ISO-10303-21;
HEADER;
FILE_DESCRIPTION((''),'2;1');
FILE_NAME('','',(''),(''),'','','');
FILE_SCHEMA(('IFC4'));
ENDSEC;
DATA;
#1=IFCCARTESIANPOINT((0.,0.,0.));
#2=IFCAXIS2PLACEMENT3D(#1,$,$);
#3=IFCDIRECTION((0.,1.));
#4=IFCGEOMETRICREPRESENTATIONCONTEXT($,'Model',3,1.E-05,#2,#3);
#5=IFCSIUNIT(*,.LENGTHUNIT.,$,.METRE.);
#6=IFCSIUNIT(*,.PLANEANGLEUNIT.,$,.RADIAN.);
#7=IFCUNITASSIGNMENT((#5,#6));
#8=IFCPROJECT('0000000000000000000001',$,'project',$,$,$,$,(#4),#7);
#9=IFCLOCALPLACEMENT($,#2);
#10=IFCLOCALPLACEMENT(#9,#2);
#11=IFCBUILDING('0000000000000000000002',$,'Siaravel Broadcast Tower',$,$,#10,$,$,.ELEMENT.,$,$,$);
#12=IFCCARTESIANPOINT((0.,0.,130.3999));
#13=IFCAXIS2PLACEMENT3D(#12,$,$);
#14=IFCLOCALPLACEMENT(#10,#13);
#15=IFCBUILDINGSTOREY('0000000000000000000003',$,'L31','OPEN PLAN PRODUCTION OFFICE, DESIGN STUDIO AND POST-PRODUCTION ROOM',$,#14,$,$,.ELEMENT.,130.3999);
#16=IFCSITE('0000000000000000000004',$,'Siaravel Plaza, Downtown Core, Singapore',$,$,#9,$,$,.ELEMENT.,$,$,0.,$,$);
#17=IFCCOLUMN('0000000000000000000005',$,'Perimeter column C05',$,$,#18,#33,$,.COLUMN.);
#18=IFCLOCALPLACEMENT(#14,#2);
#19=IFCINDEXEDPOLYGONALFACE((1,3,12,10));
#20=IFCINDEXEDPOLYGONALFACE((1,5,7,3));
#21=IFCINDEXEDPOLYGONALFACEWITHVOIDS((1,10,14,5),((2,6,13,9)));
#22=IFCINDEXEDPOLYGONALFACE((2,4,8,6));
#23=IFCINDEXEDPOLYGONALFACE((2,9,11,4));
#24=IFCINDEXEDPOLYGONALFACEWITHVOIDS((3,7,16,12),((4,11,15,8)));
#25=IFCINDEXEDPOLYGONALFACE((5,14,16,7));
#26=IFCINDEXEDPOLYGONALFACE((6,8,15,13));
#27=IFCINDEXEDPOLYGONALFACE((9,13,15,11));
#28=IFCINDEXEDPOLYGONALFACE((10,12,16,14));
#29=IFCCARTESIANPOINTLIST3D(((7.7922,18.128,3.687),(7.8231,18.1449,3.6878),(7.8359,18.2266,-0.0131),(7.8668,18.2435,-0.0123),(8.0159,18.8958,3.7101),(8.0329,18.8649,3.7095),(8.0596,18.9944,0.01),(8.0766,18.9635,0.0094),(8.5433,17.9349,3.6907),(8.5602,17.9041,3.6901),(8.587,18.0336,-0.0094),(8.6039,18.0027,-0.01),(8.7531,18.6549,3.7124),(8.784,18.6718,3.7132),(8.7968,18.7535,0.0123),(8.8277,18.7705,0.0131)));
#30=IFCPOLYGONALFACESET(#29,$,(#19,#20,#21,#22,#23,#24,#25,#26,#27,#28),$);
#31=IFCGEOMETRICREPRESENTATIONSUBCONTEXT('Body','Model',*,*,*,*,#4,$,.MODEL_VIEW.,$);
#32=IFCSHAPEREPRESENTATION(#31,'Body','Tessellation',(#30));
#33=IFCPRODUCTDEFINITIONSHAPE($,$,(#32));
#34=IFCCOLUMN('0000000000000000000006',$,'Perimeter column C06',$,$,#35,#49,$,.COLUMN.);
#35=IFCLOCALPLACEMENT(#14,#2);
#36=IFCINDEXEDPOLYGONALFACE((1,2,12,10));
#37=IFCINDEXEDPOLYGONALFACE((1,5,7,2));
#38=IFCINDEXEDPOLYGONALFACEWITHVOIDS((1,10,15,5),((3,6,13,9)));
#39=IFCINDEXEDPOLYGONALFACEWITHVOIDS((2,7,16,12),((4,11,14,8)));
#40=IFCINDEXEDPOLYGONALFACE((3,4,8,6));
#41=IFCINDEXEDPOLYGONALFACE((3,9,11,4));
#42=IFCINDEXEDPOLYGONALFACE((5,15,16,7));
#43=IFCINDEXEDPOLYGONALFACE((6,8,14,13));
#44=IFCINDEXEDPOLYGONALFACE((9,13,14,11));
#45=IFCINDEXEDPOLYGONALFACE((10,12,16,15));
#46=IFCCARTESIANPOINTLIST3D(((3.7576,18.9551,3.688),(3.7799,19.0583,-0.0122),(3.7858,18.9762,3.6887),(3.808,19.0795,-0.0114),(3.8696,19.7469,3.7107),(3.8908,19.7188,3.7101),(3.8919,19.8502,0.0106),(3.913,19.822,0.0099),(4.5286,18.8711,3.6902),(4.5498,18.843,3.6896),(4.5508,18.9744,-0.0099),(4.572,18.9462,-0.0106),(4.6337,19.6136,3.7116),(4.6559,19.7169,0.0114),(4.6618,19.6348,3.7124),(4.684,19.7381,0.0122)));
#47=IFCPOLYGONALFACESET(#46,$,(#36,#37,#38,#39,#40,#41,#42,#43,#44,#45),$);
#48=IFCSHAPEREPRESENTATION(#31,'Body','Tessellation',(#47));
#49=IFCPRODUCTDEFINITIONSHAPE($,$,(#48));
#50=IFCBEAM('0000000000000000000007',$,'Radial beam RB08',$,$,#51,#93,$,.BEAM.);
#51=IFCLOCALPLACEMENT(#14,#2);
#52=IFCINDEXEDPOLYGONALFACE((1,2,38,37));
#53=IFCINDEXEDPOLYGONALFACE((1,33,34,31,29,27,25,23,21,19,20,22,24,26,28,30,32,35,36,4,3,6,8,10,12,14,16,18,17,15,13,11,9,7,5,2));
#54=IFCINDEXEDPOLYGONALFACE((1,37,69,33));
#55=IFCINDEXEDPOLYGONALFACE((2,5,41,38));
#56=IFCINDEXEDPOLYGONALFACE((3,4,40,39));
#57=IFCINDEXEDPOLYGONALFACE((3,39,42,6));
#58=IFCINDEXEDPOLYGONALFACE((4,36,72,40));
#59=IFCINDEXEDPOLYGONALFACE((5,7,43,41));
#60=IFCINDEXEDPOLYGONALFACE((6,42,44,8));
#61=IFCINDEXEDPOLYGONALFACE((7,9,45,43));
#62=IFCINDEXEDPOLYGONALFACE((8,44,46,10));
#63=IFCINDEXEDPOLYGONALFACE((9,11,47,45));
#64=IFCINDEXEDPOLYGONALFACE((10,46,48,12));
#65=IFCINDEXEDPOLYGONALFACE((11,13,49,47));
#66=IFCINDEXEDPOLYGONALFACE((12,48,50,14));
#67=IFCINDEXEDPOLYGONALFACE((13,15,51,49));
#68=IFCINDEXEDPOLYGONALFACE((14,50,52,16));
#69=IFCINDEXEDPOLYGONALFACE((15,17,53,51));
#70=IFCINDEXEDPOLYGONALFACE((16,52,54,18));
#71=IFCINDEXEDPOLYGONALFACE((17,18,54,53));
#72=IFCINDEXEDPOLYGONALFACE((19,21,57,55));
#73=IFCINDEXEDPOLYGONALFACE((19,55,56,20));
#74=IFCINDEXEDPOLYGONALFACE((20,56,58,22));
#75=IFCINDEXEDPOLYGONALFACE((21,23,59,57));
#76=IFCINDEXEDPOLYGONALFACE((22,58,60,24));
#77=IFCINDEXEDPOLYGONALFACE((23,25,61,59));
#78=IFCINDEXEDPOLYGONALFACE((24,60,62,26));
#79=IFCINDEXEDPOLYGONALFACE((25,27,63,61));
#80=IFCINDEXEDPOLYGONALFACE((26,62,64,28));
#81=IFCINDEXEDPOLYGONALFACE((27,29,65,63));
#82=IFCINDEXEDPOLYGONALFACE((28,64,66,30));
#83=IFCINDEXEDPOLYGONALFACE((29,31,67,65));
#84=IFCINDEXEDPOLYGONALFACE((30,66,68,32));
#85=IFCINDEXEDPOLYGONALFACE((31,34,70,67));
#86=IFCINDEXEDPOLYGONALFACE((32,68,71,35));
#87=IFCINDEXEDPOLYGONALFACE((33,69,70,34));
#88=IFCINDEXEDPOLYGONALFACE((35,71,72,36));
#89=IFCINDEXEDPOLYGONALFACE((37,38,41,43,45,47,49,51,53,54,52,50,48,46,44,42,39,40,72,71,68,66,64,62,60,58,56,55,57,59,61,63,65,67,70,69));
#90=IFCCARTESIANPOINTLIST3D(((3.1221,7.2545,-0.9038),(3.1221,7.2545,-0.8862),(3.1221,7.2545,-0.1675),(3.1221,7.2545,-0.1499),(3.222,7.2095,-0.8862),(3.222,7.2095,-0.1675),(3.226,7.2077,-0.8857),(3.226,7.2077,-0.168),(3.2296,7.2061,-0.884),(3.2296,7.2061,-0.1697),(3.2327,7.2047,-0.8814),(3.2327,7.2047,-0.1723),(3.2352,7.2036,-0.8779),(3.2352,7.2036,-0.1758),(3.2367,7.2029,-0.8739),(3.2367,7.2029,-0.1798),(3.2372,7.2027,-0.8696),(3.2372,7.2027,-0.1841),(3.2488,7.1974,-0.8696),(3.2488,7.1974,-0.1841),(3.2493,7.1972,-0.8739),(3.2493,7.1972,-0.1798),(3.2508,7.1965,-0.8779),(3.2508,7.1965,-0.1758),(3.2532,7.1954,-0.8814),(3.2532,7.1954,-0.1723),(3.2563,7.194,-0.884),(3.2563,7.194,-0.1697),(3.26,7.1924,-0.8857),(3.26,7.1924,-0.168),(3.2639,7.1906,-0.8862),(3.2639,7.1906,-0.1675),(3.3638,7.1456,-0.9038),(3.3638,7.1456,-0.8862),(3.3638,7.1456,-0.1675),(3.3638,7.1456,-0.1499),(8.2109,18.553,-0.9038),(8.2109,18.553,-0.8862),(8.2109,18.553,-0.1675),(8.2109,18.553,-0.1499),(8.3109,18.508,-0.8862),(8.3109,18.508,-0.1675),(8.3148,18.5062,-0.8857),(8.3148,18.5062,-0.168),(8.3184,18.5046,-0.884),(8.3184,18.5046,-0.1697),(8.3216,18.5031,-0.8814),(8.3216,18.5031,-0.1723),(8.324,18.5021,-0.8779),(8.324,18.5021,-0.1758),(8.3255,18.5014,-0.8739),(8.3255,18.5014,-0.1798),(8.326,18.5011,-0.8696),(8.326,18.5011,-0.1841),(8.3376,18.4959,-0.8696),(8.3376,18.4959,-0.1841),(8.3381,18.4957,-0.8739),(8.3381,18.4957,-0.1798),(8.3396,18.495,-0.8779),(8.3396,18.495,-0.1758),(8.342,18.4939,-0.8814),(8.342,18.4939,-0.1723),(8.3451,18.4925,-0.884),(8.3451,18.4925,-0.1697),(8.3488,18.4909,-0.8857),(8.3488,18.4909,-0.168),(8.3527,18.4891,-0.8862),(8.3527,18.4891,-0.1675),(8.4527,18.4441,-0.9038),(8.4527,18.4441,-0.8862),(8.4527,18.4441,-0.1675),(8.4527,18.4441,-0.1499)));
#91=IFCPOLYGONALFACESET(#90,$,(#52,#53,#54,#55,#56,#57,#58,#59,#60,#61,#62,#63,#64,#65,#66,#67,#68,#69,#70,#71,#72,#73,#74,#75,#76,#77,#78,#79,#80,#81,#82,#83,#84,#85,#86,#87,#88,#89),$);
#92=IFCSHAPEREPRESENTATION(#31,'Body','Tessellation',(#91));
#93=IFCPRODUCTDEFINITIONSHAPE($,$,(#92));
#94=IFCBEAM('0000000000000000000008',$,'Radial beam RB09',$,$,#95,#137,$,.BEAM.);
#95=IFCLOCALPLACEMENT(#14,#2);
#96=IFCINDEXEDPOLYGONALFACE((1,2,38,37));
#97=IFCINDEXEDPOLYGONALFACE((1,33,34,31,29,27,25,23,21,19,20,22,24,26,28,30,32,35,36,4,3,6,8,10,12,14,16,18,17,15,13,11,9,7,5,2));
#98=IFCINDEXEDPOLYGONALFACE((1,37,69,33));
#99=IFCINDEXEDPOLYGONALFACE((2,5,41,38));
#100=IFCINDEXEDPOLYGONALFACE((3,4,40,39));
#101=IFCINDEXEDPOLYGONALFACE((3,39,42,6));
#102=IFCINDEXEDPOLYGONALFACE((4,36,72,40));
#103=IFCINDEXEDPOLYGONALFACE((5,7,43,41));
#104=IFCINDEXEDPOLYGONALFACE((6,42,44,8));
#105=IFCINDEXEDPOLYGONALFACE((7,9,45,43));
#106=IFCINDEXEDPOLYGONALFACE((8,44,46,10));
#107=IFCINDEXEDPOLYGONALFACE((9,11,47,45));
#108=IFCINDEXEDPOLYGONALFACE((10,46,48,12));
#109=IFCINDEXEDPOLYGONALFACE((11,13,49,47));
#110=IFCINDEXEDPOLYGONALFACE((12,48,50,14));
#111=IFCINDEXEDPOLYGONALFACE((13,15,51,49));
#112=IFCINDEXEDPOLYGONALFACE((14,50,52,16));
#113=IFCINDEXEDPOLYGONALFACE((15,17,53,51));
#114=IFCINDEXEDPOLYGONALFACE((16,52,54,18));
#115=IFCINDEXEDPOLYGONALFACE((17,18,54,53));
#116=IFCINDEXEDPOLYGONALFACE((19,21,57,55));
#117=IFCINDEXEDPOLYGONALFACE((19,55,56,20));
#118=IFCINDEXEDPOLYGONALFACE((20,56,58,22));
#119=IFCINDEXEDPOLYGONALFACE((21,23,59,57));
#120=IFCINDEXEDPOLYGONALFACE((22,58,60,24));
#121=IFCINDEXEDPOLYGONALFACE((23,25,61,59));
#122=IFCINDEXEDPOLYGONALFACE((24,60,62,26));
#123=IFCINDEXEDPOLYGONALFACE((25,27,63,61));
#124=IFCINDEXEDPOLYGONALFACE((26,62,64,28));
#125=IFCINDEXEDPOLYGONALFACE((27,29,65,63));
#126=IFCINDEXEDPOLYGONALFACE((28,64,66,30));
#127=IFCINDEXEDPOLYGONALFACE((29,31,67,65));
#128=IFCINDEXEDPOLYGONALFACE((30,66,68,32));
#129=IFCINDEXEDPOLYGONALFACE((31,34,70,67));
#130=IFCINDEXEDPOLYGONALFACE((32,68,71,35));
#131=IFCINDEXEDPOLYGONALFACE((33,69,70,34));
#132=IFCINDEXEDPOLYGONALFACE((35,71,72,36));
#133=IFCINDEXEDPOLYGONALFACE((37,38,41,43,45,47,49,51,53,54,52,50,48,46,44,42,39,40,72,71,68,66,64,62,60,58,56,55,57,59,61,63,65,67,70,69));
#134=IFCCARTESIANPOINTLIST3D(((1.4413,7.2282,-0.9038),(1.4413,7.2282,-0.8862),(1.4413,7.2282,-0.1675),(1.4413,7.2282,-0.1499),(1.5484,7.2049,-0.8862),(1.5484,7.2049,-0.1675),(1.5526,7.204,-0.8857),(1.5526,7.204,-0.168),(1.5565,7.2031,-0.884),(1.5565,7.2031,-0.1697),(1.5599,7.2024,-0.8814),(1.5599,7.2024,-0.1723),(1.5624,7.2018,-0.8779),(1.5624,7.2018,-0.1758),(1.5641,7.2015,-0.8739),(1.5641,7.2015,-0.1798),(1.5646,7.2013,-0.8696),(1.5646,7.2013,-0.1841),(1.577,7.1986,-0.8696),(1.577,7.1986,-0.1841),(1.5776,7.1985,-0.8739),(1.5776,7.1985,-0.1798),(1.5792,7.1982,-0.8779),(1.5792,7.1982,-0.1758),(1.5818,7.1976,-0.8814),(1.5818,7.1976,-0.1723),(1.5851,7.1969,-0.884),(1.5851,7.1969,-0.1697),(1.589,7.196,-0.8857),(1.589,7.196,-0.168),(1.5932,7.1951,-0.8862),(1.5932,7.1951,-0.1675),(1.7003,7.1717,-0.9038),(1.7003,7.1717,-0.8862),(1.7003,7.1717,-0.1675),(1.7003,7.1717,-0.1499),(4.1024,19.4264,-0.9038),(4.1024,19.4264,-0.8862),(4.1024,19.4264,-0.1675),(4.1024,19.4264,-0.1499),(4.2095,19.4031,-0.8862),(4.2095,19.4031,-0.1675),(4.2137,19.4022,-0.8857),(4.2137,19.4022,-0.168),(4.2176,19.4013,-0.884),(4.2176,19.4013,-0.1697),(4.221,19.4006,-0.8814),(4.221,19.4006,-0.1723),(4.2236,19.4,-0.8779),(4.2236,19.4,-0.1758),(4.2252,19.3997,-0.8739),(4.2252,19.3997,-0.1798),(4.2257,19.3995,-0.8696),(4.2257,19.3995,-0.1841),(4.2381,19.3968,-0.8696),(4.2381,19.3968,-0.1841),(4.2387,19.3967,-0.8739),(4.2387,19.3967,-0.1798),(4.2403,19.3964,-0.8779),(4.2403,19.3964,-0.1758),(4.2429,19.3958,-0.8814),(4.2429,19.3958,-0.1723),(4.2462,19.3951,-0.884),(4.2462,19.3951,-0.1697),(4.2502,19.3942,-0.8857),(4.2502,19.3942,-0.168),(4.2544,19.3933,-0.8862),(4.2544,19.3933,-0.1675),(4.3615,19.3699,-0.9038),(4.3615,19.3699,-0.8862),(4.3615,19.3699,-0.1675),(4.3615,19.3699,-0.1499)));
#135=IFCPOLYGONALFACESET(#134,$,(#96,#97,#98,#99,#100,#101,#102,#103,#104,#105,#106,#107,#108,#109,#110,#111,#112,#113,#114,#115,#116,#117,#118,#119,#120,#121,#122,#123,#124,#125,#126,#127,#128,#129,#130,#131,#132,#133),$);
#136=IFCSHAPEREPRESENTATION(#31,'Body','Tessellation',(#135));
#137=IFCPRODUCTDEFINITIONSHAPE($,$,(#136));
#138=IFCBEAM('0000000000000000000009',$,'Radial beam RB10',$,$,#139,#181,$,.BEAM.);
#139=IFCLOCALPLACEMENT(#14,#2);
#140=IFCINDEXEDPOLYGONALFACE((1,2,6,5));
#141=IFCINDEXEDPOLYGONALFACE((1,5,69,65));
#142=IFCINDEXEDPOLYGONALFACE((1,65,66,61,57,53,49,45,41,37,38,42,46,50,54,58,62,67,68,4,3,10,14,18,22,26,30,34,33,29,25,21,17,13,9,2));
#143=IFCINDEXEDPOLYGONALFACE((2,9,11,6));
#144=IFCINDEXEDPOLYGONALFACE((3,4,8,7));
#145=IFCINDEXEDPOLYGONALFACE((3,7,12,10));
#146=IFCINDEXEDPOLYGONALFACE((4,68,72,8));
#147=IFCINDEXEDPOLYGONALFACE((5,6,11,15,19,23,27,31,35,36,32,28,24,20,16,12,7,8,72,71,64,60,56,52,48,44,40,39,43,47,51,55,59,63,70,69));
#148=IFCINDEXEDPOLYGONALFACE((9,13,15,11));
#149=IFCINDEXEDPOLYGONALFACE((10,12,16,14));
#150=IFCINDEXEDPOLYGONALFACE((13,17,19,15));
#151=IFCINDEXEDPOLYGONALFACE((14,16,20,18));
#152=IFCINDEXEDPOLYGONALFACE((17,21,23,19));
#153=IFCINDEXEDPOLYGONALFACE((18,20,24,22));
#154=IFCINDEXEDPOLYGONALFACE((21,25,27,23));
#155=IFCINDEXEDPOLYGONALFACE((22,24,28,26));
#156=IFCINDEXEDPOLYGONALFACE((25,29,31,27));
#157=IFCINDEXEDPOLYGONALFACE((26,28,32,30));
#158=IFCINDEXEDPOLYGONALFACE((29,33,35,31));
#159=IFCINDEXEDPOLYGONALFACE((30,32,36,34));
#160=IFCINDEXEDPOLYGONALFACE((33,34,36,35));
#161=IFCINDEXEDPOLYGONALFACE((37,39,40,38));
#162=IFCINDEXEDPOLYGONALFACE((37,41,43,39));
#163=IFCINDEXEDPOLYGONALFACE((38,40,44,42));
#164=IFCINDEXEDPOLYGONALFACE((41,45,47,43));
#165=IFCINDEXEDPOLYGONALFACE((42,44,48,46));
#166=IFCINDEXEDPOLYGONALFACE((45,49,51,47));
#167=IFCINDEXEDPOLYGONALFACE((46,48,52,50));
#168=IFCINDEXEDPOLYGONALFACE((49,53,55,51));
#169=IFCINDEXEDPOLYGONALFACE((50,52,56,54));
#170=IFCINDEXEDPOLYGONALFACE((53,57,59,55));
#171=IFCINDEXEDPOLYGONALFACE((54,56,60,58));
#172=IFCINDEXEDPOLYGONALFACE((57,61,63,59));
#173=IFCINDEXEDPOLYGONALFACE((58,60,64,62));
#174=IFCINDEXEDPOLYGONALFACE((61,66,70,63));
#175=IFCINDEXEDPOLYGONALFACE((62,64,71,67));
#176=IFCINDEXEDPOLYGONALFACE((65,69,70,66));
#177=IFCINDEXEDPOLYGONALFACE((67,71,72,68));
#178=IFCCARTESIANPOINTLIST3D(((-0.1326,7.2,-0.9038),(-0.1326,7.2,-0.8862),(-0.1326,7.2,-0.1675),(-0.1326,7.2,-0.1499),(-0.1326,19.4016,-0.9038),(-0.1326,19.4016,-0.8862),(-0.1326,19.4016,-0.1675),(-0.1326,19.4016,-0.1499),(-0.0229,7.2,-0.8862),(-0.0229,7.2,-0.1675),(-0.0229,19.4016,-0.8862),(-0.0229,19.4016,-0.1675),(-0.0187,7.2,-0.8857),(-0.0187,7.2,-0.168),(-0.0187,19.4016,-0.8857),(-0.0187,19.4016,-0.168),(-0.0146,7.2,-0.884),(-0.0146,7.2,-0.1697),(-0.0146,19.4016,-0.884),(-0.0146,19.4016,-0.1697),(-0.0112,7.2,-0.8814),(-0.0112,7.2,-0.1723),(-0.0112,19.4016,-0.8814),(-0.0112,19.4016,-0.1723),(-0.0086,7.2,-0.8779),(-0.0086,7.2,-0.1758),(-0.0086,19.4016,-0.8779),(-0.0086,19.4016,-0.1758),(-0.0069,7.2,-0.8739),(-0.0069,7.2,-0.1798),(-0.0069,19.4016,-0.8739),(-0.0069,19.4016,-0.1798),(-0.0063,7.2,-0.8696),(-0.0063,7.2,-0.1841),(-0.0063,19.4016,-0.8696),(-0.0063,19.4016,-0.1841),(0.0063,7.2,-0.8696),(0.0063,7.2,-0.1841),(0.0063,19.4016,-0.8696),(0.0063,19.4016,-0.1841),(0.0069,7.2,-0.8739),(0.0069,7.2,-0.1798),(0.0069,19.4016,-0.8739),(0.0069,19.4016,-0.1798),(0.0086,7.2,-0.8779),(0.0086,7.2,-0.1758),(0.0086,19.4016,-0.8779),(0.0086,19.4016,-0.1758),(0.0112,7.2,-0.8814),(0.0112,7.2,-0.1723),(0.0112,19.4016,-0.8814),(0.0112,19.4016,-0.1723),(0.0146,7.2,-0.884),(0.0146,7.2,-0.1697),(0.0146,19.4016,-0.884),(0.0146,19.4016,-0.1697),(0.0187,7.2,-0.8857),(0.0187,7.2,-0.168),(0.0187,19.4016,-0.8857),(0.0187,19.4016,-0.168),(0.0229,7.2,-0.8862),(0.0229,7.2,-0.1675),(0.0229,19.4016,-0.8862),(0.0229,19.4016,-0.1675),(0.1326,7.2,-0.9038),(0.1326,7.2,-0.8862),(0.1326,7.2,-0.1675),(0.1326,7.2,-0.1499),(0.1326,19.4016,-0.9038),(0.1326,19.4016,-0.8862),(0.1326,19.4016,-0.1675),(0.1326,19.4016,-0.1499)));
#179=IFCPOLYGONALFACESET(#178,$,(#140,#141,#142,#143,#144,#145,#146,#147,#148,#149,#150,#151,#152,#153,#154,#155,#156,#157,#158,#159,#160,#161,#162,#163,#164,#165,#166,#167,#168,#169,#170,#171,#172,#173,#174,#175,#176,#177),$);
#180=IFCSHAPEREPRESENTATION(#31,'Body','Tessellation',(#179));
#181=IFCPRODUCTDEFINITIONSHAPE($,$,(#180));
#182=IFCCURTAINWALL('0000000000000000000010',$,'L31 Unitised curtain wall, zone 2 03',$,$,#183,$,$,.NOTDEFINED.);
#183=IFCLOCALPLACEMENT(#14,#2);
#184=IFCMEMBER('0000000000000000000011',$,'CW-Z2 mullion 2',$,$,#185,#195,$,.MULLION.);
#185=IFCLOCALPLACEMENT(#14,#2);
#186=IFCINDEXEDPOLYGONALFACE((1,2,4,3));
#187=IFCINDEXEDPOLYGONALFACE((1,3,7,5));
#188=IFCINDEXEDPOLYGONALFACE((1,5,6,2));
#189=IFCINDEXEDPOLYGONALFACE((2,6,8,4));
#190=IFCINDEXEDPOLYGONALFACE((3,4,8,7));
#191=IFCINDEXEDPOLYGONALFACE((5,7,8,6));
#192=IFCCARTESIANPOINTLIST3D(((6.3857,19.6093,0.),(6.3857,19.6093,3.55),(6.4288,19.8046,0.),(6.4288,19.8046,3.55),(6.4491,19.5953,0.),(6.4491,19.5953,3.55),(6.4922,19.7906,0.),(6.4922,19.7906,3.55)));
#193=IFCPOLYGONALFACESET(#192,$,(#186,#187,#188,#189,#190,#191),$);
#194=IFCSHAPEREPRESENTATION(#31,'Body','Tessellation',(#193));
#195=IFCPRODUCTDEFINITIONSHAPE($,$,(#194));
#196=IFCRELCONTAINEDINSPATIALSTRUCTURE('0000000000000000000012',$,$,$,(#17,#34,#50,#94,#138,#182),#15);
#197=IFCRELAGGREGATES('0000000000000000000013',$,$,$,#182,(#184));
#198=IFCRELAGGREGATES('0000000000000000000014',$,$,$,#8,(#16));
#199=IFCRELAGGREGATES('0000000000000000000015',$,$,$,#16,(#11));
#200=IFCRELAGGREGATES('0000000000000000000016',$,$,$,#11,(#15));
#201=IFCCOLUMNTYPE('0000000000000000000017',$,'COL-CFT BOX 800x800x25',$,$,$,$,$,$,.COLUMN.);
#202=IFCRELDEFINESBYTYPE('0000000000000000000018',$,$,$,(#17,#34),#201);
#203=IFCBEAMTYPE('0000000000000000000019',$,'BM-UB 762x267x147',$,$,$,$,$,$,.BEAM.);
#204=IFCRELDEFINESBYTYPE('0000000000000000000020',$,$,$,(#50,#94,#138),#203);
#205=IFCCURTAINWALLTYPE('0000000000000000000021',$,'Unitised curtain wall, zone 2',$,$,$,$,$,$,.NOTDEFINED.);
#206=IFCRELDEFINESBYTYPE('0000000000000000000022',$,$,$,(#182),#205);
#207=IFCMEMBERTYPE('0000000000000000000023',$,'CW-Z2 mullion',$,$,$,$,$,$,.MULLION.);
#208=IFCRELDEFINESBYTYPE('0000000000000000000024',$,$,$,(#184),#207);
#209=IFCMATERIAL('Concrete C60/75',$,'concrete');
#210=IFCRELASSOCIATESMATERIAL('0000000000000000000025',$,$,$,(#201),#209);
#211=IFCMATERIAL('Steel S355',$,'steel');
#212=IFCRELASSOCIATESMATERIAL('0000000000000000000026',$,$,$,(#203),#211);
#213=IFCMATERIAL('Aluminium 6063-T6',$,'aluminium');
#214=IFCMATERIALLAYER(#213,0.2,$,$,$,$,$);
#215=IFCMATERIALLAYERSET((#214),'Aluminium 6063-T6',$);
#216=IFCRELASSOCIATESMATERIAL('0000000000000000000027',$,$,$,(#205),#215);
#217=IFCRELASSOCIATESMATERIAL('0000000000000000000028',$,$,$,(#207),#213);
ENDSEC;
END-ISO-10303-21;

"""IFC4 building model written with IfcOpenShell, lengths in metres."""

from ifc_helpers import new_model, si_unit, direction, frame, origin, origin_2d, place, context, subcontext, project, spatial, rectangle, hollow_rectangle, i_section, extrude, material, layer, layer_set, material_profile, profile_set, type_object, element, aggregate, save


model = new_model("IFC4")

# Units and contexts
model_context = context("Model", 3, precision=1e-05, world=origin(), true_north=direction((0.0, 1.0)))
body_context = subcontext(model_context, "Body", "Model", "MODEL_VIEW")
ifc_project = project(units=[si_unit("LENGTHUNIT", "METRE"), si_unit("PLANEANGLEUNIT", "RADIAN")], contexts=[model_context])

# Site, building, storey
site_placement = place(None, origin())
site = spatial("IfcSite", under=ifc_project, at=site_placement, Name="Siaravel Plaza, Downtown Core, Singapore", CompositionType="ELEMENT", RefElevation=0.0)
building_placement = place(site_placement, origin())
building = spatial("IfcBuilding", under=site, at=building_placement, Name="Siaravel Broadcast Tower", CompositionType="ELEMENT")
storey_placement = place(building_placement, frame((0.0, 0.0, 130.3999)))
storey = spatial("IfcBuildingStorey", under=building, at=storey_placement, Name="L31", Description="OPEN PLAN PRODUCTION OFFICE, DESIGN STUDIO AND POST-PRODUCTION ROOM", CompositionType="ELEMENT", Elevation=130.3999)

# Columns
ifc_material_1 = material(Name="Concrete C60/75", Category="concrete")
ifc_material_profile_1 = material_profile(ifc_material_1, hollow_rectangle(XDim=0.8, YDim=0.8, WallThickness=0.0249, at=origin_2d()))
ifc_profile_set_1 = profile_set([ifc_material_profile_1], Name="Concrete C60/75")
column_type = type_object("IfcColumnType", Name="COL-CFT BOX 800x800x25", PredefinedType="COLUMN", material=ifc_profile_set_1)
for number, where, z_axis, x_axis, name in (
    (1, (8.3318, 18.4985, 0.0), (-0.011805, -0.026645, 0.999575), (0.960024, -0.279892, 0.003878), "Perimeter column C05"),
    (2, (4.2319, 19.3982, 0.0), (-0.006002, -0.027898, 0.999593), (0.990133, -0.140117, 0.002034), "Perimeter column C06"),
):
    element("IfcColumn", number, at=place(storey_placement, frame(where, z_axis=z_axis, x_axis=x_axis)), inside=storey, type_object=column_type, Name=name, PredefinedType="COLUMN", context=body_context, shape_type="SweptSolid", body=[
        extrude(hollow_rectangle(XDim=0.8, YDim=0.8, WallThickness=0.0249, at=origin_2d()), origin(), (0.0, 0.0, 1.0), 3.7017),
    ])

# Beams
ifc_material_2 = material(Name="Steel S355", Category="steel")
ifc_material_profile_2 = material_profile(ifc_material_2, i_section(OverallWidth=0.2651, OverallDepth=0.7539, WebThickness=0.0127, FlangeThickness=0.0176, FilletRadius=0.0166, at=origin_2d()))
ifc_profile_set_2 = profile_set([ifc_material_profile_2], Name="Steel S355")
beam_type = type_object("IfcBeamType", Name="BM-UB 762x267x147", PredefinedType="BEAM", material=ifc_profile_set_2)
beam_1_placement = place(storey_placement, frame((8.3318, 18.4985, -0.5269), z_axis=(-0.410667, -0.911785, 0.0), x_axis=(0.911785, -0.410667, 0.0)))
element("IfcBeam", 3, at=beam_1_placement, inside=storey, type_object=beam_type, Name="Radial beam RB08", PredefinedType="BEAM", context=body_context, shape_type="SweptSolid", body=[
    extrude(i_section(OverallWidth=0.2651, OverallDepth=0.7539, WebThickness=0.0127, FlangeThickness=0.0176, FilletRadius=0.0166, at=origin_2d()), origin(), (0.0, 0.0, 1.0), 12.3916),
])
beam_2_placement = place(storey_placement, frame((4.2319, 19.3982, -0.5269), z_axis=(-0.213144, -0.977021, 0.0), x_axis=(0.977021, -0.213144, 0.0)))
element("IfcBeam", 4, at=beam_2_placement, inside=storey, type_object=beam_type, Name="Radial beam RB09", PredefinedType="BEAM", context=body_context, shape_type="SweptSolid", body=[
    extrude(i_section(OverallWidth=0.2651, OverallDepth=0.7539, WebThickness=0.0127, FlangeThickness=0.0176, FilletRadius=0.0166, at=origin_2d()), origin(), (0.0, 0.0, 1.0), 12.4851),
])
beam_3_placement = place(storey_placement, frame((0.0, 19.4016, -0.5269), z_axis=(0.0, -1.0, 0.0), x_axis=(1.0, 0.0, 0.0)))
element("IfcBeam", 5, at=beam_3_placement, inside=storey, type_object=beam_type, Name="Radial beam RB10", PredefinedType="BEAM", context=body_context, shape_type="SweptSolid", body=[
    extrude(i_section(OverallWidth=0.2651, OverallDepth=0.7539, WebThickness=0.0127, FlangeThickness=0.0176, FilletRadius=0.0166, at=origin_2d()), origin(), (0.0, 0.0, 1.0), 12.2017),
])

# Curtain wall, member
ifc_material_3 = material(Name="Aluminium 6063-T6", Category="aluminium")
ifc_layer_1 = layer(ifc_material_3, 0.2)
ifc_layer_set_1 = layer_set([ifc_layer_1], Name="Aluminium 6063-T6")
curtain_wall_type = type_object("IfcCurtainWallType", Name="Unitised curtain wall, zone 2", PredefinedType="NOTDEFINED", material=ifc_layer_set_1)
curtain_wall_placement = place(storey_placement, origin())
curtain_wall = element("IfcCurtainWall", 6, at=curtain_wall_placement, inside=storey, type_object=curtain_wall_type, Name="L31 Unitised curtain wall, zone 2 03", PredefinedType="NOTDEFINED")
ifc_material_profile_3 = material_profile(ifc_material_3, rectangle(XDim=0.2, YDim=0.0649, at=origin_2d()))
ifc_profile_set_3 = profile_set([ifc_material_profile_3], Name="Aluminium 6063-T6")
member_type_1 = type_object("IfcMemberType", Name="CW-Z2 mullion", PredefinedType="MULLION", material=ifc_profile_set_3)
member_1_placement = place(storey_placement, frame((6.439, 19.7, 0.0), z_axis=(0.0, 0.0, 1.0), x_axis=(-0.215559, -0.976491, 0.0)))
member_1 = element("IfcMember", 7, at=member_1_placement, type_object=member_type_1, Name="CW-Z2 mullion 2", PredefinedType="MULLION", context=body_context, shape_type="SweptSolid", body=[
    extrude(rectangle(XDim=0.2, YDim=0.0649, at=origin_2d()), origin(), (0.0, 0.0, 1.0), 3.55),
])

aggregate(curtain_wall, [member_1])

save(model, "model.ifc")
